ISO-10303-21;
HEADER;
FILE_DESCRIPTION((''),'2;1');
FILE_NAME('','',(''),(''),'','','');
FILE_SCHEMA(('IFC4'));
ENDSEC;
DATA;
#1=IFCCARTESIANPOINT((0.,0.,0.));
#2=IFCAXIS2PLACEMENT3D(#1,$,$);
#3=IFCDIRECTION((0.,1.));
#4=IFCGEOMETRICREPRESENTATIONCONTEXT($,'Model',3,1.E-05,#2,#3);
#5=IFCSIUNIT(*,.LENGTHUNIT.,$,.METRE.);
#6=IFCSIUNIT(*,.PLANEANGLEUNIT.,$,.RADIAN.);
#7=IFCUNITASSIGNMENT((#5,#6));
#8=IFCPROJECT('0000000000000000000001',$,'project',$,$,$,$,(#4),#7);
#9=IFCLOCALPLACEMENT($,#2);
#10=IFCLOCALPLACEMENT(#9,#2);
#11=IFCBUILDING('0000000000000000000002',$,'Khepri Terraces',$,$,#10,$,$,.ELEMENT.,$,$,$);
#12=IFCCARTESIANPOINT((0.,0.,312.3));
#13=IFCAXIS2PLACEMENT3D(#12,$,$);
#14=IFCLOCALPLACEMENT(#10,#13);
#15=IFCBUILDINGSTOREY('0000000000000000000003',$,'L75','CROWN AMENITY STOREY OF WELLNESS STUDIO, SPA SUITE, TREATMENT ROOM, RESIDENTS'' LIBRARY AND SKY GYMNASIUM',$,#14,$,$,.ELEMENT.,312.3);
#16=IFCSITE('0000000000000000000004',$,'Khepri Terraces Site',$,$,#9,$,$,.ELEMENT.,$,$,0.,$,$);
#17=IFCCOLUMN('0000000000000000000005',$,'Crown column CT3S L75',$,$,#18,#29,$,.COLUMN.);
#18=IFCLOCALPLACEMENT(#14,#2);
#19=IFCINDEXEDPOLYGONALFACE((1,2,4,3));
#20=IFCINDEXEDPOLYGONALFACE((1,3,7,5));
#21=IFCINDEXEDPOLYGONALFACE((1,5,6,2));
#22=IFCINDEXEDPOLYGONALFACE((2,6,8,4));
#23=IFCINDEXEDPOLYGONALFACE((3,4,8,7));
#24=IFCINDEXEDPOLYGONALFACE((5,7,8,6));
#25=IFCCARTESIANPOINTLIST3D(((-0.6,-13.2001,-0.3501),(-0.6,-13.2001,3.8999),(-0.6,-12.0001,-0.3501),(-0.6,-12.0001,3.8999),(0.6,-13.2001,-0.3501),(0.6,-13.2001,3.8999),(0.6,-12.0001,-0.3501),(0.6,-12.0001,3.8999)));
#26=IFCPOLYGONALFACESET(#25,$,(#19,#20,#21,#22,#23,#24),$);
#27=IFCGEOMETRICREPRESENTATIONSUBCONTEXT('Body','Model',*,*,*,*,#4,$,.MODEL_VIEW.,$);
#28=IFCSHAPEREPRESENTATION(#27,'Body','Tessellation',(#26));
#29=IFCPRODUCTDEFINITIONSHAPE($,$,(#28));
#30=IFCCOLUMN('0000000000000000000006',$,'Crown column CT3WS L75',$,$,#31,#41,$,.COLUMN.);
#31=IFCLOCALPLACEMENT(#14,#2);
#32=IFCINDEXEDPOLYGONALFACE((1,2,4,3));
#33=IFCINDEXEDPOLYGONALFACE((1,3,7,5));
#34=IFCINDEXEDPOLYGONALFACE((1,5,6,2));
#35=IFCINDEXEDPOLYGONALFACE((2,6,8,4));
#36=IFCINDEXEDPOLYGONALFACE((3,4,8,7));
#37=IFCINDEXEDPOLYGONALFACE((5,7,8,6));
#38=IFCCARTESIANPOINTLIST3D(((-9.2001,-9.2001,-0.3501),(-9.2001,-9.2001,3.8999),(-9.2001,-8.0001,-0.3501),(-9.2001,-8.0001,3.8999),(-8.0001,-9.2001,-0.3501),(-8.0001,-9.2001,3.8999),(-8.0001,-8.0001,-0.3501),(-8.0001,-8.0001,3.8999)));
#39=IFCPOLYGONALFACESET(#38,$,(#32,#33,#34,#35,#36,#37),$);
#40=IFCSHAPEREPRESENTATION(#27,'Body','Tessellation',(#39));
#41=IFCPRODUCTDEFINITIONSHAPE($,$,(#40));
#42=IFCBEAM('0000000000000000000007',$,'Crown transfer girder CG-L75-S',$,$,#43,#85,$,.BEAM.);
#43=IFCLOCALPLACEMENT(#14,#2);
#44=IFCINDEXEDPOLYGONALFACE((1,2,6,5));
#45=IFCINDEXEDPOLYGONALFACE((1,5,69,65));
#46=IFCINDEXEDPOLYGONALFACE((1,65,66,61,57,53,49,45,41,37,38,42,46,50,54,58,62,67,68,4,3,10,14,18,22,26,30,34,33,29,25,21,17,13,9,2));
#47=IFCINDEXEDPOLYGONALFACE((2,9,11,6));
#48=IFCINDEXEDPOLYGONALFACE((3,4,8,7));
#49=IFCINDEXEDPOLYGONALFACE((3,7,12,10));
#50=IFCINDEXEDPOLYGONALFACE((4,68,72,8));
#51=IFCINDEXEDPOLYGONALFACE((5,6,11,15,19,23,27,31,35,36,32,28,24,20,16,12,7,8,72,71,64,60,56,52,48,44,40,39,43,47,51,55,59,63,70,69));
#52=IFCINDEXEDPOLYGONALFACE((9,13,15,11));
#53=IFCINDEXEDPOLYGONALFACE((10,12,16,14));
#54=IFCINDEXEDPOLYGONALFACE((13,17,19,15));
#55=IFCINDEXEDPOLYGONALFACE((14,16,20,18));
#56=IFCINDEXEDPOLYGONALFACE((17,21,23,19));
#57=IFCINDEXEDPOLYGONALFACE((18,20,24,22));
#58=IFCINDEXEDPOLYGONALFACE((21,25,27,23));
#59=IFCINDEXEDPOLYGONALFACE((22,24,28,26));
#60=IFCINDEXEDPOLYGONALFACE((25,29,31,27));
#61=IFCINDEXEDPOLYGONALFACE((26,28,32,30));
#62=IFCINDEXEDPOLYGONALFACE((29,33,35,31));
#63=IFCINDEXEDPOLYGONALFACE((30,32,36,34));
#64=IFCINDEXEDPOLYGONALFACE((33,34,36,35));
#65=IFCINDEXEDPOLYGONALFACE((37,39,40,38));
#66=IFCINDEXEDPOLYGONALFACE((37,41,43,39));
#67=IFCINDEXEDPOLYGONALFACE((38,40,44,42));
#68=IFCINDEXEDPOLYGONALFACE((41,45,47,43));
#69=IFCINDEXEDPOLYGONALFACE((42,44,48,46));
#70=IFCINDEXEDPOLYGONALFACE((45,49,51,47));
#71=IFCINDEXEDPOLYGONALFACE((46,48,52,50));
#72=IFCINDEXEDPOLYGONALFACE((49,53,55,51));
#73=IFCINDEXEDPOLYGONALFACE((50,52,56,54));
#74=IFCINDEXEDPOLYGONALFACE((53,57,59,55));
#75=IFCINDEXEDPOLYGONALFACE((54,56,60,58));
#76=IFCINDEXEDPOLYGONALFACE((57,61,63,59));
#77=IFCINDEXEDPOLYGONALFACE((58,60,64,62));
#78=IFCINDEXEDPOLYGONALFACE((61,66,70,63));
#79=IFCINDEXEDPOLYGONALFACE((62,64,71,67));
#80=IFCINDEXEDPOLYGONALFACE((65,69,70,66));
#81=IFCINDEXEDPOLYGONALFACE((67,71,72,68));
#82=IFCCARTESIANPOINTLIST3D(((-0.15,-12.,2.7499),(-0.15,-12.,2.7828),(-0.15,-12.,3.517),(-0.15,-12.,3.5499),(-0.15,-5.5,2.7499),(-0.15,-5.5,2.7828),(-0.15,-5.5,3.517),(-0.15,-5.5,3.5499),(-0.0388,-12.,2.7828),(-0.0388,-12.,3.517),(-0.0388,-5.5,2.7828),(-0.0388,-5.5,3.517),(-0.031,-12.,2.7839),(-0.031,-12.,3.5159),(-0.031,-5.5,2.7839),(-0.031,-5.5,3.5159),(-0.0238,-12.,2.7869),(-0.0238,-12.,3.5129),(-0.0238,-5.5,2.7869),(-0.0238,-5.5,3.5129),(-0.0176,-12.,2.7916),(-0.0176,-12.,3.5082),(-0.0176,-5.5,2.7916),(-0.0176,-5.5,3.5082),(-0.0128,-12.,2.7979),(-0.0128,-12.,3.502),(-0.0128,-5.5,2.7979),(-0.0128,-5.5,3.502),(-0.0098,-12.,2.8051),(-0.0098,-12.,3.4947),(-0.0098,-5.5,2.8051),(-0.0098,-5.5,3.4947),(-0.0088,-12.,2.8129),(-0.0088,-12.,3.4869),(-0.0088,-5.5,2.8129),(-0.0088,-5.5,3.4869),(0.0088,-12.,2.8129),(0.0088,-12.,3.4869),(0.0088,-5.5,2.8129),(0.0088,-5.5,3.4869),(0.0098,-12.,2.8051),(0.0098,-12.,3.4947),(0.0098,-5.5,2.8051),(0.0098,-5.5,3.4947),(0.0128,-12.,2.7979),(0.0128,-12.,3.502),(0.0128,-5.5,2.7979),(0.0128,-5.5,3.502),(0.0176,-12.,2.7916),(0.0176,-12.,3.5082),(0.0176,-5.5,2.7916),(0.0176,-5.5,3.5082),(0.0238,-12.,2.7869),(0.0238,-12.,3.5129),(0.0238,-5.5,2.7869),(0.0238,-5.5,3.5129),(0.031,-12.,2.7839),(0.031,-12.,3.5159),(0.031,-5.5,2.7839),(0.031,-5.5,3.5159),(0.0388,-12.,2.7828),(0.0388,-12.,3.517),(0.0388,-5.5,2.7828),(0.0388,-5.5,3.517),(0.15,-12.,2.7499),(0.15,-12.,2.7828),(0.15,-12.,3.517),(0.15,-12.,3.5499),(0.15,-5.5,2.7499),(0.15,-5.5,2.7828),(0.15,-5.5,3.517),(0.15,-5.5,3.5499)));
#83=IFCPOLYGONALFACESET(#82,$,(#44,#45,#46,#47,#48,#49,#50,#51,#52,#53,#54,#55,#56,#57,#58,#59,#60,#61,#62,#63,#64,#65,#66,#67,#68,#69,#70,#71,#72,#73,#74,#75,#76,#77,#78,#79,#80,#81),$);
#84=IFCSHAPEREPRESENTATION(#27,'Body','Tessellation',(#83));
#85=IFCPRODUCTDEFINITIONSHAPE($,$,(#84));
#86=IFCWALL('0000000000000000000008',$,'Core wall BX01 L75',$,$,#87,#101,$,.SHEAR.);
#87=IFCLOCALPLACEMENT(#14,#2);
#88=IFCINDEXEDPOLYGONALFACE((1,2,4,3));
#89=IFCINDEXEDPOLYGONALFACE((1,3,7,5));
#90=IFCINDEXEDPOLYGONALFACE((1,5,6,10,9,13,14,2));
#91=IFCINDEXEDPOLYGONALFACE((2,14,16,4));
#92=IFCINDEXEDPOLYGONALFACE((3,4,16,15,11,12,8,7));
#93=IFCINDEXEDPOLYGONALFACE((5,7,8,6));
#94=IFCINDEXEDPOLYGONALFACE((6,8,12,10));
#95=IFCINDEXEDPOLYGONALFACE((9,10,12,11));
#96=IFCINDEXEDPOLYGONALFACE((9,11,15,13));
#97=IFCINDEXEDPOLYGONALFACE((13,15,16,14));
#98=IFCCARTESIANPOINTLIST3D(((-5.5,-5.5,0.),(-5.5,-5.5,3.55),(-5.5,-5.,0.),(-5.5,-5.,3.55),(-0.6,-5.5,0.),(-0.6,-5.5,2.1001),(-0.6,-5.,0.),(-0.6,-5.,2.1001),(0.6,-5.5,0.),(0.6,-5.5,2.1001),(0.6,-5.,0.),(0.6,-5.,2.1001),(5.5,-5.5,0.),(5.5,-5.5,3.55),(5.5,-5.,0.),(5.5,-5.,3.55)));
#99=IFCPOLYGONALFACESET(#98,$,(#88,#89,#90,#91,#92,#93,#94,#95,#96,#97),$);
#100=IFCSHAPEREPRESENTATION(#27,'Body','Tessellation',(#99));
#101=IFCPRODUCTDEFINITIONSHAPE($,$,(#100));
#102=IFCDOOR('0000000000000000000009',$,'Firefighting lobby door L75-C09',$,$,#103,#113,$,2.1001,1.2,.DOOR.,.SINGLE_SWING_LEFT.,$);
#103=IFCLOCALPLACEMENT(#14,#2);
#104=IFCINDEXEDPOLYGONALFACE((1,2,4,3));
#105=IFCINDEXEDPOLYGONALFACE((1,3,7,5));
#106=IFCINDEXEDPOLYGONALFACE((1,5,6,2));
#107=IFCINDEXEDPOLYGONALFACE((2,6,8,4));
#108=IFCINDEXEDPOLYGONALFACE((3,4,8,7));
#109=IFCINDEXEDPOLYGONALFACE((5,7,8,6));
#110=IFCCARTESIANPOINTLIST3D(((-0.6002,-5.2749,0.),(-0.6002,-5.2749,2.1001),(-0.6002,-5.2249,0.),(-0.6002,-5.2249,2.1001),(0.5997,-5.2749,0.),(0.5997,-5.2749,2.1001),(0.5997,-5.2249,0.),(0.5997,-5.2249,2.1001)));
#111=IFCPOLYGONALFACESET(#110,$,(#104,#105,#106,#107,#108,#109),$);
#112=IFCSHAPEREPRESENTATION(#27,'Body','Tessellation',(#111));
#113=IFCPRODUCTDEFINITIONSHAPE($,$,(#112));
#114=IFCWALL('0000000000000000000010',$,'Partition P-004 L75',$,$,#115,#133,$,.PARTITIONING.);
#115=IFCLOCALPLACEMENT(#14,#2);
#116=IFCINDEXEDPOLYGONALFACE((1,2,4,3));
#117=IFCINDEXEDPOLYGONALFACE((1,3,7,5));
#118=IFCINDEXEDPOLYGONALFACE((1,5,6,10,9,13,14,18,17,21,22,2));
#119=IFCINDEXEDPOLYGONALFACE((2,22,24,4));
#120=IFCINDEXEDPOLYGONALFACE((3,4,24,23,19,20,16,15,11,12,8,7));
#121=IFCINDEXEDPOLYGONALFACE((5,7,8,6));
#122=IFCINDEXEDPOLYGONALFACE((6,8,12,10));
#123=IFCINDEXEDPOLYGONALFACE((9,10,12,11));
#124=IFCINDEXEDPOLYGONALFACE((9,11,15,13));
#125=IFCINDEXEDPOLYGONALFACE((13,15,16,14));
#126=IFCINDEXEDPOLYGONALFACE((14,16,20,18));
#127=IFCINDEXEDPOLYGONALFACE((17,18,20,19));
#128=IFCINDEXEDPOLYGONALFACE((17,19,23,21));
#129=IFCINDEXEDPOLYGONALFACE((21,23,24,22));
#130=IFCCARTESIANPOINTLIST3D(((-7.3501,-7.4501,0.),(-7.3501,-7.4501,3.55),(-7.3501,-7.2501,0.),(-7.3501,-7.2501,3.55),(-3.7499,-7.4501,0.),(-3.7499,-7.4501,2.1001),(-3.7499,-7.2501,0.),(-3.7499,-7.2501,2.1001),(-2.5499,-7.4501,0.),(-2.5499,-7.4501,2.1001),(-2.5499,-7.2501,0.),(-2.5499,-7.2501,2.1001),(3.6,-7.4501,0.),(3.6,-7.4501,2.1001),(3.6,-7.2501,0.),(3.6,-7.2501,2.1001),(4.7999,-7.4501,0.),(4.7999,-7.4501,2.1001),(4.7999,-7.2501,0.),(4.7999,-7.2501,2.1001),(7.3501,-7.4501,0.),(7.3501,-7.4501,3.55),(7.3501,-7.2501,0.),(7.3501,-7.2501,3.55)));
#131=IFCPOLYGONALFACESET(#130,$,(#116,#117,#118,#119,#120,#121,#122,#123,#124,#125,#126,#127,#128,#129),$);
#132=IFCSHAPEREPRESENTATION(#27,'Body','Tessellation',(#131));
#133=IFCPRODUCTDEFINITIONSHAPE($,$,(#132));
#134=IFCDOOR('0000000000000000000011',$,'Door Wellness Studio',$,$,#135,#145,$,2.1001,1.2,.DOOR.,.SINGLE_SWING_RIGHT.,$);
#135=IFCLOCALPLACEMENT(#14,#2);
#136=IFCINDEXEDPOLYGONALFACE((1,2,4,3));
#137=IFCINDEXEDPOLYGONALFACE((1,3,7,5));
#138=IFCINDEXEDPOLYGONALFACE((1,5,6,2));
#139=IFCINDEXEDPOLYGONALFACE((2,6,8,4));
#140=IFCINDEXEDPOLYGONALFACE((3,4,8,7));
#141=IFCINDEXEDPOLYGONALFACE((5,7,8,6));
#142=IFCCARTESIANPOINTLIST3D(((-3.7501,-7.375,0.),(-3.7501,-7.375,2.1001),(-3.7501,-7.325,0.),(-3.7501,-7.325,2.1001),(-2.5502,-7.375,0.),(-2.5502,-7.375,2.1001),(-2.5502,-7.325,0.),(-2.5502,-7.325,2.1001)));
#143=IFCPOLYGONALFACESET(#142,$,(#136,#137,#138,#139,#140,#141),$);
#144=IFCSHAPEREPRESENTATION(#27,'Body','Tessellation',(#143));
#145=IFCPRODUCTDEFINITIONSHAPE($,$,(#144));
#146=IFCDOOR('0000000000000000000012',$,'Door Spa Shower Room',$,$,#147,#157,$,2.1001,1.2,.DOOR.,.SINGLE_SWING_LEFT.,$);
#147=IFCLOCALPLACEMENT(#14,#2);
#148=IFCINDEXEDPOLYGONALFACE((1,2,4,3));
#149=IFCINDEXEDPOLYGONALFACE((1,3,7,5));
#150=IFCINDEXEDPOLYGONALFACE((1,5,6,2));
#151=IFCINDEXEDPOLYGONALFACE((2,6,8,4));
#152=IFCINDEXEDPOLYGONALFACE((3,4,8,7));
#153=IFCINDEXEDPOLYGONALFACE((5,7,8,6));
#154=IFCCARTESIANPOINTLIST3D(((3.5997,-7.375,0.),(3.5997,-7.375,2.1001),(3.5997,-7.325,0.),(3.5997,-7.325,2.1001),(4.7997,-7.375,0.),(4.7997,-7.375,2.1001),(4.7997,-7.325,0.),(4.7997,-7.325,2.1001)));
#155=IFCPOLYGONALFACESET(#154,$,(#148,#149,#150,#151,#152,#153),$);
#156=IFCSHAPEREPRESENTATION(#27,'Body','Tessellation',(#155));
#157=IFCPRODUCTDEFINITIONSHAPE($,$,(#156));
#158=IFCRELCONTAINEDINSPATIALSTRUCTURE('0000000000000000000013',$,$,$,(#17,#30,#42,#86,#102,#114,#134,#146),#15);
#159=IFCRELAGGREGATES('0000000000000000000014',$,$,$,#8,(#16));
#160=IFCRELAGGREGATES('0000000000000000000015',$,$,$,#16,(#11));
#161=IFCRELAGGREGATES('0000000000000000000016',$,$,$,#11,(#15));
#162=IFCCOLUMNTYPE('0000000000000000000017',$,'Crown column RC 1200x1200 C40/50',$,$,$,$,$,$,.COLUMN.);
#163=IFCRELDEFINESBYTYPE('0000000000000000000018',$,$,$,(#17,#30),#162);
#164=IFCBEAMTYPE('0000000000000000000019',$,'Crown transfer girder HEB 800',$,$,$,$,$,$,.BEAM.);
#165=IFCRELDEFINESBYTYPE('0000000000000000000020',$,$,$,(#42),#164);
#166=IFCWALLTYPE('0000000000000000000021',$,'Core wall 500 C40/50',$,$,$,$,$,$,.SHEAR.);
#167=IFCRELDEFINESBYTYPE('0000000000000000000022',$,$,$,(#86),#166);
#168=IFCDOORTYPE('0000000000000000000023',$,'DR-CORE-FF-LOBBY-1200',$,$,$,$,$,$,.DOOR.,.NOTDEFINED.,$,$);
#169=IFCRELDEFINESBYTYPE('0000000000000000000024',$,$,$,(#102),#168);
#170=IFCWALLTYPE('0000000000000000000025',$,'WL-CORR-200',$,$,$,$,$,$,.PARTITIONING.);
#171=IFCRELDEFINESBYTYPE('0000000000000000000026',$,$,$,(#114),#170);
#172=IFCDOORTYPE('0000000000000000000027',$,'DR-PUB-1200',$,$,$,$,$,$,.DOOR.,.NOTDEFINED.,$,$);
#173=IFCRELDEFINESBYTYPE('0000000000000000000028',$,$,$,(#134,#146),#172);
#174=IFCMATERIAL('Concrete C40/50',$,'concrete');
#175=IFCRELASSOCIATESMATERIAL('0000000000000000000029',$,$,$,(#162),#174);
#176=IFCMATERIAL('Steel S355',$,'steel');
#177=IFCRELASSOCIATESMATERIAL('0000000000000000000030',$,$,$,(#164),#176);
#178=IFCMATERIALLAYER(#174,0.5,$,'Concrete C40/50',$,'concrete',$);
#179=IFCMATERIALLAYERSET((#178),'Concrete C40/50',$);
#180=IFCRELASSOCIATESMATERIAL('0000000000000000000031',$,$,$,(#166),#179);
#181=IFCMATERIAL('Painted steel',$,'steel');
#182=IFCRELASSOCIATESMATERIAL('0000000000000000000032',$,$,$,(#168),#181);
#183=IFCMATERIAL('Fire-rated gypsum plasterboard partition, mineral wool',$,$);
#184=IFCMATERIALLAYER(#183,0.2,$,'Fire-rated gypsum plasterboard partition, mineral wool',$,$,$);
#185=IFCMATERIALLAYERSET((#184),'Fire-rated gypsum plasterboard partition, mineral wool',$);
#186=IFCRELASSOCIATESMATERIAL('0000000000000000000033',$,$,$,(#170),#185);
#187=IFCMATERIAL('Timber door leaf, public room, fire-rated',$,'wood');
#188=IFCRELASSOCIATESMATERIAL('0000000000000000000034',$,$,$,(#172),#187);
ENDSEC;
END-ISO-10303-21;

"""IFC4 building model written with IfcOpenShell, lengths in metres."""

from ifc_helpers import new_model, si_unit, direction, frame, frame_2d, origin, origin_2d, place, context, subcontext, project, spatial, rectangle, i_section, extrude, material, layer, layer_set, material_profile, profile_set, type_object, element, fill, save


model = new_model("IFC4")

# Units and contexts
model_context = context("Model", 3, precision=1e-05, world=origin(), true_north=direction((0.0, 1.0)))
body_context = subcontext(model_context, "Body", "Model", "MODEL_VIEW")
ifc_project = project(units=[si_unit("LENGTHUNIT", "METRE"), si_unit("PLANEANGLEUNIT", "RADIAN")], contexts=[model_context])

# Site, building, storey
site_placement = place(None, origin())
site = spatial("IfcSite", under=ifc_project, at=site_placement, Name="Khepri Terraces Site", CompositionType="ELEMENT", RefElevation=0.0)
building_placement = place(site_placement, origin())
building = spatial("IfcBuilding", under=site, at=building_placement, Name="Khepri Terraces", CompositionType="ELEMENT")
storey_placement = place(building_placement, frame((0.0, 0.0, 312.3)))
storey = spatial("IfcBuildingStorey", under=building, at=storey_placement, Name="L75", Description="CROWN AMENITY STOREY OF WELLNESS STUDIO, SPA SUITE, TREATMENT ROOM, RESIDENTS' LIBRARY AND SKY GYMNASIUM", CompositionType="ELEMENT", Elevation=312.3)

# Columns
ifc_material_1 = material(Name="Concrete C40/50", Category="concrete")
ifc_material_profile_1 = material_profile(ifc_material_1, rectangle(XDim=1.2, YDim=1.2, at=origin_2d()), Name="Concrete C40/50", Category="concrete")
ifc_profile_set_1 = profile_set([ifc_material_profile_1], Name="Concrete C40/50")
column_type = type_object("IfcColumnType", Name="Crown column RC 1200x1200 C40/50", PredefinedType="COLUMN", material=ifc_profile_set_1)
for number, where, z_axis, x_axis, name in (
    (1, (0.0, -12.6001, -0.3501), (0.0, 0.0, 1.0), (1.0, 0.0, 0.0), "Crown column CT3S L75"),
    (2, (-8.6001, -8.6001, -0.3501), (0.0, 0.0, 1.0), (1.0, 0.0, 0.0), "Crown column CT3WS L75"),
):
    element("IfcColumn", number, at=place(storey_placement, frame(where, z_axis=z_axis, x_axis=x_axis)), inside=storey, type_object=column_type, Name=name, PredefinedType="COLUMN", context=body_context, shape_type="SweptSolid", body=[
        extrude(rectangle(XDim=1.2, YDim=1.2, at=origin_2d()), origin(), (0.0, 0.0, 1.0), 4.25),
    ])

# Beam
ifc_material_2 = material(Name="Steel S355", Category="steel")
ifc_material_profile_2 = material_profile(ifc_material_2, i_section(OverallWidth=0.3, OverallDepth=0.8, WebThickness=0.0176, FlangeThickness=0.033, FilletRadius=0.03, at=origin_2d()), Name="Steel S355", Category="steel")
ifc_profile_set_2 = profile_set([ifc_material_profile_2], Name="Steel S355")
beam_type = type_object("IfcBeamType", Name="Crown transfer girder HEB 800", PredefinedType="BEAM", material=ifc_profile_set_2)
beam_placement = place(storey_placement, frame((0.0, -5.5, 3.1499), z_axis=(0.0, -1.0, 0.0), x_axis=(1.0, 0.0, 0.0)))
element("IfcBeam", 3, at=beam_placement, inside=storey, type_object=beam_type, Name="Crown transfer girder CG-L75-S", PredefinedType="BEAM", context=body_context, shape_type="SweptSolid", body=[
    extrude(i_section(OverallWidth=0.3, OverallDepth=0.8, WebThickness=0.0176, FlangeThickness=0.033, FilletRadius=0.03, at=origin_2d()), origin(), (0.0, 0.0, 1.0), 6.5),
])

# Wall, opening, door
ifc_layer_1 = layer(ifc_material_1, 0.5, Name="Concrete C40/50", Category="concrete")
ifc_layer_set_1 = layer_set([ifc_layer_1], Name="Concrete C40/50")
wall_type_1 = type_object("IfcWallType", Name="Core wall 500 C40/50", PredefinedType="SHEAR", material=ifc_layer_set_1)
wall_1_placement = place(storey_placement, frame((-5.5, -5.25, 0.0), z_axis=(0.0, 0.0, 1.0), x_axis=(1.0, 0.0, 0.0)))
wall_1 = element("IfcWall", 4, at=wall_1_placement, inside=storey, type_object=wall_type_1, Name="Core wall BX01 L75", PredefinedType="SHEAR", context=body_context, shape_type="SweptSolid", body=[
    extrude(rectangle(XDim=11.0, YDim=0.5, at=frame_2d((5.5, 0.0))), origin(), (0.0, 0.0, 1.0), 3.55),
])
opening_1_placement = place(wall_1_placement, frame((4.8999, 0.0, 0.0)))
opening_1 = element("IfcOpeningElement", 5, at=opening_1_placement, cuts=wall_1, PredefinedType="OPENING", context=body_context, shape_type="SweptSolid", body=[
    extrude(rectangle(XDim=1.2, YDim=2.1001, at=frame_2d((0.6001, 1.05))), frame((0.0, 0.26, 0.0), z_axis=(0.0, -1.0, 0.0), x_axis=(1.0, 0.0, 0.0)), (0.0, 0.0, 1.0), 0.52),
])
ifc_material_3 = material(Name="Painted steel", Category="steel")
door_type_1 = type_object("IfcDoorType", Name="DR-CORE-FF-LOBBY-1200", OperationType="NOTDEFINED", PredefinedType="DOOR", material=ifc_material_3)
door_1_placement = place(opening_1_placement, frame((1.2, 0.0, 0.0), z_axis=(0.0, 0.0, 1.0), x_axis=(-1.0, 0.0, 0.0)))
door_1 = element("IfcDoor", 6, at=door_1_placement, inside=storey, type_object=door_type_1, Name="Firefighting lobby door L75-C09", OperationType="SINGLE_SWING_LEFT", OverallHeight=2.1001, OverallWidth=1.2, PredefinedType="DOOR", context=body_context, shape_type="SweptSolid", body=[
    extrude(rectangle(XDim=1.2, YDim=2.1001, at=frame_2d((0.6001, 1.05))), frame((0.0, 0.0249, 0.0), z_axis=(0.0, -1.0, 0.0), x_axis=(1.0, 0.0, 0.0)), (0.0, 0.0, 1.0), 0.05),
])
fill(opening_1, door_1)

# Wall, openings, doors
ifc_material_4 = material(Name="Fire-rated gypsum plasterboard partition, mineral wool")
ifc_layer_2 = layer(ifc_material_4, 0.2, Name="Fire-rated gypsum plasterboard partition, mineral wool")
ifc_layer_set_2 = layer_set([ifc_layer_2], Name="Fire-rated gypsum plasterboard partition, mineral wool")
wall_type_2 = type_object("IfcWallType", Name="WL-CORR-200", PredefinedType="PARTITIONING", material=ifc_layer_set_2)
wall_2_placement = place(storey_placement, frame((-7.3501, -7.3501, 0.0), z_axis=(0.0, 0.0, 1.0), x_axis=(1.0, 0.0, 0.0)))
wall_2 = element("IfcWall", 7, at=wall_2_placement, inside=storey, type_object=wall_type_2, Name="Partition P-004 L75", PredefinedType="PARTITIONING", context=body_context, shape_type="SweptSolid", body=[
    extrude(rectangle(XDim=14.7002, YDim=0.2, at=frame_2d((7.3501, 0.0))), origin(), (0.0, 0.0, 1.0), 3.55),
])
opening_2_placement = place(wall_2_placement, frame((3.6001, 0.0, 0.0)))
opening_2 = element("IfcOpeningElement", 8, at=opening_2_placement, cuts=wall_2, PredefinedType="OPENING", context=body_context, shape_type="SweptSolid", body=[
    extrude(rectangle(XDim=1.2, YDim=2.1001, at=frame_2d((0.6001, 1.05))), frame((0.0, 0.1099, 0.0), z_axis=(0.0, -1.0, 0.0), x_axis=(1.0, 0.0, 0.0)), (0.0, 0.0, 1.0), 0.22),
])
opening_3_placement = place(wall_2_placement, frame((10.95, 0.0, 0.0)))
opening_3 = element("IfcOpeningElement", 9, at=opening_3_placement, cuts=wall_2, PredefinedType="OPENING", context=body_context, shape_type="SweptSolid", body=[
    extrude(rectangle(XDim=1.2, YDim=2.1001, at=frame_2d((0.6001, 1.05))), frame((0.0, 0.1099, 0.0), z_axis=(0.0, -1.0, 0.0), x_axis=(1.0, 0.0, 0.0)), (0.0, 0.0, 1.0), 0.22),
])
ifc_material_5 = material(Name="Timber door leaf, public room, fire-rated", Category="wood")
door_type_2 = type_object("IfcDoorType", Name="DR-PUB-1200", OperationType="NOTDEFINED", PredefinedType="DOOR", material=ifc_material_5)
door_2_placement = place(opening_2_placement, frame((1.2, 0.0, 0.0), z_axis=(0.0, 0.0, 1.0), x_axis=(-1.0, 0.0, 0.0)))
door_2 = element("IfcDoor", 10, at=door_2_placement, inside=storey, type_object=door_type_2, Name="Door Wellness Studio", OperationType="SINGLE_SWING_RIGHT", OverallHeight=2.1001, OverallWidth=1.2, PredefinedType="DOOR", context=body_context, shape_type="SweptSolid", body=[
    extrude(rectangle(XDim=1.2, YDim=2.1001, at=frame_2d((0.6001, 1.05))), frame((0.0, 0.0249, 0.0), z_axis=(0.0, -1.0, 0.0), x_axis=(1.0, 0.0, 0.0)), (0.0, 0.0, 1.0), 0.05),
])
fill(opening_2, door_2)
door_3_placement = place(opening_3_placement, frame((1.2, 0.0, 0.0), z_axis=(0.0, 0.0, 1.0), x_axis=(-1.0, 0.0, 0.0)))
door_3 = element("IfcDoor", 11, at=door_3_placement, inside=storey, type_object=door_type_2, Name="Door Spa Shower Room", OperationType="SINGLE_SWING_LEFT", OverallHeight=2.1001, OverallWidth=1.2, PredefinedType="DOOR", context=body_context, shape_type="SweptSolid", body=[
    extrude(rectangle(XDim=1.2, YDim=2.1001, at=frame_2d((0.6001, 1.05))), frame((0.0, 0.0249, 0.0), z_axis=(0.0, -1.0, 0.0), x_axis=(1.0, 0.0, 0.0)), (0.0, 0.0, 1.0), 0.05),
])
fill(opening_3, door_3)

save(model, "model.ifc")
